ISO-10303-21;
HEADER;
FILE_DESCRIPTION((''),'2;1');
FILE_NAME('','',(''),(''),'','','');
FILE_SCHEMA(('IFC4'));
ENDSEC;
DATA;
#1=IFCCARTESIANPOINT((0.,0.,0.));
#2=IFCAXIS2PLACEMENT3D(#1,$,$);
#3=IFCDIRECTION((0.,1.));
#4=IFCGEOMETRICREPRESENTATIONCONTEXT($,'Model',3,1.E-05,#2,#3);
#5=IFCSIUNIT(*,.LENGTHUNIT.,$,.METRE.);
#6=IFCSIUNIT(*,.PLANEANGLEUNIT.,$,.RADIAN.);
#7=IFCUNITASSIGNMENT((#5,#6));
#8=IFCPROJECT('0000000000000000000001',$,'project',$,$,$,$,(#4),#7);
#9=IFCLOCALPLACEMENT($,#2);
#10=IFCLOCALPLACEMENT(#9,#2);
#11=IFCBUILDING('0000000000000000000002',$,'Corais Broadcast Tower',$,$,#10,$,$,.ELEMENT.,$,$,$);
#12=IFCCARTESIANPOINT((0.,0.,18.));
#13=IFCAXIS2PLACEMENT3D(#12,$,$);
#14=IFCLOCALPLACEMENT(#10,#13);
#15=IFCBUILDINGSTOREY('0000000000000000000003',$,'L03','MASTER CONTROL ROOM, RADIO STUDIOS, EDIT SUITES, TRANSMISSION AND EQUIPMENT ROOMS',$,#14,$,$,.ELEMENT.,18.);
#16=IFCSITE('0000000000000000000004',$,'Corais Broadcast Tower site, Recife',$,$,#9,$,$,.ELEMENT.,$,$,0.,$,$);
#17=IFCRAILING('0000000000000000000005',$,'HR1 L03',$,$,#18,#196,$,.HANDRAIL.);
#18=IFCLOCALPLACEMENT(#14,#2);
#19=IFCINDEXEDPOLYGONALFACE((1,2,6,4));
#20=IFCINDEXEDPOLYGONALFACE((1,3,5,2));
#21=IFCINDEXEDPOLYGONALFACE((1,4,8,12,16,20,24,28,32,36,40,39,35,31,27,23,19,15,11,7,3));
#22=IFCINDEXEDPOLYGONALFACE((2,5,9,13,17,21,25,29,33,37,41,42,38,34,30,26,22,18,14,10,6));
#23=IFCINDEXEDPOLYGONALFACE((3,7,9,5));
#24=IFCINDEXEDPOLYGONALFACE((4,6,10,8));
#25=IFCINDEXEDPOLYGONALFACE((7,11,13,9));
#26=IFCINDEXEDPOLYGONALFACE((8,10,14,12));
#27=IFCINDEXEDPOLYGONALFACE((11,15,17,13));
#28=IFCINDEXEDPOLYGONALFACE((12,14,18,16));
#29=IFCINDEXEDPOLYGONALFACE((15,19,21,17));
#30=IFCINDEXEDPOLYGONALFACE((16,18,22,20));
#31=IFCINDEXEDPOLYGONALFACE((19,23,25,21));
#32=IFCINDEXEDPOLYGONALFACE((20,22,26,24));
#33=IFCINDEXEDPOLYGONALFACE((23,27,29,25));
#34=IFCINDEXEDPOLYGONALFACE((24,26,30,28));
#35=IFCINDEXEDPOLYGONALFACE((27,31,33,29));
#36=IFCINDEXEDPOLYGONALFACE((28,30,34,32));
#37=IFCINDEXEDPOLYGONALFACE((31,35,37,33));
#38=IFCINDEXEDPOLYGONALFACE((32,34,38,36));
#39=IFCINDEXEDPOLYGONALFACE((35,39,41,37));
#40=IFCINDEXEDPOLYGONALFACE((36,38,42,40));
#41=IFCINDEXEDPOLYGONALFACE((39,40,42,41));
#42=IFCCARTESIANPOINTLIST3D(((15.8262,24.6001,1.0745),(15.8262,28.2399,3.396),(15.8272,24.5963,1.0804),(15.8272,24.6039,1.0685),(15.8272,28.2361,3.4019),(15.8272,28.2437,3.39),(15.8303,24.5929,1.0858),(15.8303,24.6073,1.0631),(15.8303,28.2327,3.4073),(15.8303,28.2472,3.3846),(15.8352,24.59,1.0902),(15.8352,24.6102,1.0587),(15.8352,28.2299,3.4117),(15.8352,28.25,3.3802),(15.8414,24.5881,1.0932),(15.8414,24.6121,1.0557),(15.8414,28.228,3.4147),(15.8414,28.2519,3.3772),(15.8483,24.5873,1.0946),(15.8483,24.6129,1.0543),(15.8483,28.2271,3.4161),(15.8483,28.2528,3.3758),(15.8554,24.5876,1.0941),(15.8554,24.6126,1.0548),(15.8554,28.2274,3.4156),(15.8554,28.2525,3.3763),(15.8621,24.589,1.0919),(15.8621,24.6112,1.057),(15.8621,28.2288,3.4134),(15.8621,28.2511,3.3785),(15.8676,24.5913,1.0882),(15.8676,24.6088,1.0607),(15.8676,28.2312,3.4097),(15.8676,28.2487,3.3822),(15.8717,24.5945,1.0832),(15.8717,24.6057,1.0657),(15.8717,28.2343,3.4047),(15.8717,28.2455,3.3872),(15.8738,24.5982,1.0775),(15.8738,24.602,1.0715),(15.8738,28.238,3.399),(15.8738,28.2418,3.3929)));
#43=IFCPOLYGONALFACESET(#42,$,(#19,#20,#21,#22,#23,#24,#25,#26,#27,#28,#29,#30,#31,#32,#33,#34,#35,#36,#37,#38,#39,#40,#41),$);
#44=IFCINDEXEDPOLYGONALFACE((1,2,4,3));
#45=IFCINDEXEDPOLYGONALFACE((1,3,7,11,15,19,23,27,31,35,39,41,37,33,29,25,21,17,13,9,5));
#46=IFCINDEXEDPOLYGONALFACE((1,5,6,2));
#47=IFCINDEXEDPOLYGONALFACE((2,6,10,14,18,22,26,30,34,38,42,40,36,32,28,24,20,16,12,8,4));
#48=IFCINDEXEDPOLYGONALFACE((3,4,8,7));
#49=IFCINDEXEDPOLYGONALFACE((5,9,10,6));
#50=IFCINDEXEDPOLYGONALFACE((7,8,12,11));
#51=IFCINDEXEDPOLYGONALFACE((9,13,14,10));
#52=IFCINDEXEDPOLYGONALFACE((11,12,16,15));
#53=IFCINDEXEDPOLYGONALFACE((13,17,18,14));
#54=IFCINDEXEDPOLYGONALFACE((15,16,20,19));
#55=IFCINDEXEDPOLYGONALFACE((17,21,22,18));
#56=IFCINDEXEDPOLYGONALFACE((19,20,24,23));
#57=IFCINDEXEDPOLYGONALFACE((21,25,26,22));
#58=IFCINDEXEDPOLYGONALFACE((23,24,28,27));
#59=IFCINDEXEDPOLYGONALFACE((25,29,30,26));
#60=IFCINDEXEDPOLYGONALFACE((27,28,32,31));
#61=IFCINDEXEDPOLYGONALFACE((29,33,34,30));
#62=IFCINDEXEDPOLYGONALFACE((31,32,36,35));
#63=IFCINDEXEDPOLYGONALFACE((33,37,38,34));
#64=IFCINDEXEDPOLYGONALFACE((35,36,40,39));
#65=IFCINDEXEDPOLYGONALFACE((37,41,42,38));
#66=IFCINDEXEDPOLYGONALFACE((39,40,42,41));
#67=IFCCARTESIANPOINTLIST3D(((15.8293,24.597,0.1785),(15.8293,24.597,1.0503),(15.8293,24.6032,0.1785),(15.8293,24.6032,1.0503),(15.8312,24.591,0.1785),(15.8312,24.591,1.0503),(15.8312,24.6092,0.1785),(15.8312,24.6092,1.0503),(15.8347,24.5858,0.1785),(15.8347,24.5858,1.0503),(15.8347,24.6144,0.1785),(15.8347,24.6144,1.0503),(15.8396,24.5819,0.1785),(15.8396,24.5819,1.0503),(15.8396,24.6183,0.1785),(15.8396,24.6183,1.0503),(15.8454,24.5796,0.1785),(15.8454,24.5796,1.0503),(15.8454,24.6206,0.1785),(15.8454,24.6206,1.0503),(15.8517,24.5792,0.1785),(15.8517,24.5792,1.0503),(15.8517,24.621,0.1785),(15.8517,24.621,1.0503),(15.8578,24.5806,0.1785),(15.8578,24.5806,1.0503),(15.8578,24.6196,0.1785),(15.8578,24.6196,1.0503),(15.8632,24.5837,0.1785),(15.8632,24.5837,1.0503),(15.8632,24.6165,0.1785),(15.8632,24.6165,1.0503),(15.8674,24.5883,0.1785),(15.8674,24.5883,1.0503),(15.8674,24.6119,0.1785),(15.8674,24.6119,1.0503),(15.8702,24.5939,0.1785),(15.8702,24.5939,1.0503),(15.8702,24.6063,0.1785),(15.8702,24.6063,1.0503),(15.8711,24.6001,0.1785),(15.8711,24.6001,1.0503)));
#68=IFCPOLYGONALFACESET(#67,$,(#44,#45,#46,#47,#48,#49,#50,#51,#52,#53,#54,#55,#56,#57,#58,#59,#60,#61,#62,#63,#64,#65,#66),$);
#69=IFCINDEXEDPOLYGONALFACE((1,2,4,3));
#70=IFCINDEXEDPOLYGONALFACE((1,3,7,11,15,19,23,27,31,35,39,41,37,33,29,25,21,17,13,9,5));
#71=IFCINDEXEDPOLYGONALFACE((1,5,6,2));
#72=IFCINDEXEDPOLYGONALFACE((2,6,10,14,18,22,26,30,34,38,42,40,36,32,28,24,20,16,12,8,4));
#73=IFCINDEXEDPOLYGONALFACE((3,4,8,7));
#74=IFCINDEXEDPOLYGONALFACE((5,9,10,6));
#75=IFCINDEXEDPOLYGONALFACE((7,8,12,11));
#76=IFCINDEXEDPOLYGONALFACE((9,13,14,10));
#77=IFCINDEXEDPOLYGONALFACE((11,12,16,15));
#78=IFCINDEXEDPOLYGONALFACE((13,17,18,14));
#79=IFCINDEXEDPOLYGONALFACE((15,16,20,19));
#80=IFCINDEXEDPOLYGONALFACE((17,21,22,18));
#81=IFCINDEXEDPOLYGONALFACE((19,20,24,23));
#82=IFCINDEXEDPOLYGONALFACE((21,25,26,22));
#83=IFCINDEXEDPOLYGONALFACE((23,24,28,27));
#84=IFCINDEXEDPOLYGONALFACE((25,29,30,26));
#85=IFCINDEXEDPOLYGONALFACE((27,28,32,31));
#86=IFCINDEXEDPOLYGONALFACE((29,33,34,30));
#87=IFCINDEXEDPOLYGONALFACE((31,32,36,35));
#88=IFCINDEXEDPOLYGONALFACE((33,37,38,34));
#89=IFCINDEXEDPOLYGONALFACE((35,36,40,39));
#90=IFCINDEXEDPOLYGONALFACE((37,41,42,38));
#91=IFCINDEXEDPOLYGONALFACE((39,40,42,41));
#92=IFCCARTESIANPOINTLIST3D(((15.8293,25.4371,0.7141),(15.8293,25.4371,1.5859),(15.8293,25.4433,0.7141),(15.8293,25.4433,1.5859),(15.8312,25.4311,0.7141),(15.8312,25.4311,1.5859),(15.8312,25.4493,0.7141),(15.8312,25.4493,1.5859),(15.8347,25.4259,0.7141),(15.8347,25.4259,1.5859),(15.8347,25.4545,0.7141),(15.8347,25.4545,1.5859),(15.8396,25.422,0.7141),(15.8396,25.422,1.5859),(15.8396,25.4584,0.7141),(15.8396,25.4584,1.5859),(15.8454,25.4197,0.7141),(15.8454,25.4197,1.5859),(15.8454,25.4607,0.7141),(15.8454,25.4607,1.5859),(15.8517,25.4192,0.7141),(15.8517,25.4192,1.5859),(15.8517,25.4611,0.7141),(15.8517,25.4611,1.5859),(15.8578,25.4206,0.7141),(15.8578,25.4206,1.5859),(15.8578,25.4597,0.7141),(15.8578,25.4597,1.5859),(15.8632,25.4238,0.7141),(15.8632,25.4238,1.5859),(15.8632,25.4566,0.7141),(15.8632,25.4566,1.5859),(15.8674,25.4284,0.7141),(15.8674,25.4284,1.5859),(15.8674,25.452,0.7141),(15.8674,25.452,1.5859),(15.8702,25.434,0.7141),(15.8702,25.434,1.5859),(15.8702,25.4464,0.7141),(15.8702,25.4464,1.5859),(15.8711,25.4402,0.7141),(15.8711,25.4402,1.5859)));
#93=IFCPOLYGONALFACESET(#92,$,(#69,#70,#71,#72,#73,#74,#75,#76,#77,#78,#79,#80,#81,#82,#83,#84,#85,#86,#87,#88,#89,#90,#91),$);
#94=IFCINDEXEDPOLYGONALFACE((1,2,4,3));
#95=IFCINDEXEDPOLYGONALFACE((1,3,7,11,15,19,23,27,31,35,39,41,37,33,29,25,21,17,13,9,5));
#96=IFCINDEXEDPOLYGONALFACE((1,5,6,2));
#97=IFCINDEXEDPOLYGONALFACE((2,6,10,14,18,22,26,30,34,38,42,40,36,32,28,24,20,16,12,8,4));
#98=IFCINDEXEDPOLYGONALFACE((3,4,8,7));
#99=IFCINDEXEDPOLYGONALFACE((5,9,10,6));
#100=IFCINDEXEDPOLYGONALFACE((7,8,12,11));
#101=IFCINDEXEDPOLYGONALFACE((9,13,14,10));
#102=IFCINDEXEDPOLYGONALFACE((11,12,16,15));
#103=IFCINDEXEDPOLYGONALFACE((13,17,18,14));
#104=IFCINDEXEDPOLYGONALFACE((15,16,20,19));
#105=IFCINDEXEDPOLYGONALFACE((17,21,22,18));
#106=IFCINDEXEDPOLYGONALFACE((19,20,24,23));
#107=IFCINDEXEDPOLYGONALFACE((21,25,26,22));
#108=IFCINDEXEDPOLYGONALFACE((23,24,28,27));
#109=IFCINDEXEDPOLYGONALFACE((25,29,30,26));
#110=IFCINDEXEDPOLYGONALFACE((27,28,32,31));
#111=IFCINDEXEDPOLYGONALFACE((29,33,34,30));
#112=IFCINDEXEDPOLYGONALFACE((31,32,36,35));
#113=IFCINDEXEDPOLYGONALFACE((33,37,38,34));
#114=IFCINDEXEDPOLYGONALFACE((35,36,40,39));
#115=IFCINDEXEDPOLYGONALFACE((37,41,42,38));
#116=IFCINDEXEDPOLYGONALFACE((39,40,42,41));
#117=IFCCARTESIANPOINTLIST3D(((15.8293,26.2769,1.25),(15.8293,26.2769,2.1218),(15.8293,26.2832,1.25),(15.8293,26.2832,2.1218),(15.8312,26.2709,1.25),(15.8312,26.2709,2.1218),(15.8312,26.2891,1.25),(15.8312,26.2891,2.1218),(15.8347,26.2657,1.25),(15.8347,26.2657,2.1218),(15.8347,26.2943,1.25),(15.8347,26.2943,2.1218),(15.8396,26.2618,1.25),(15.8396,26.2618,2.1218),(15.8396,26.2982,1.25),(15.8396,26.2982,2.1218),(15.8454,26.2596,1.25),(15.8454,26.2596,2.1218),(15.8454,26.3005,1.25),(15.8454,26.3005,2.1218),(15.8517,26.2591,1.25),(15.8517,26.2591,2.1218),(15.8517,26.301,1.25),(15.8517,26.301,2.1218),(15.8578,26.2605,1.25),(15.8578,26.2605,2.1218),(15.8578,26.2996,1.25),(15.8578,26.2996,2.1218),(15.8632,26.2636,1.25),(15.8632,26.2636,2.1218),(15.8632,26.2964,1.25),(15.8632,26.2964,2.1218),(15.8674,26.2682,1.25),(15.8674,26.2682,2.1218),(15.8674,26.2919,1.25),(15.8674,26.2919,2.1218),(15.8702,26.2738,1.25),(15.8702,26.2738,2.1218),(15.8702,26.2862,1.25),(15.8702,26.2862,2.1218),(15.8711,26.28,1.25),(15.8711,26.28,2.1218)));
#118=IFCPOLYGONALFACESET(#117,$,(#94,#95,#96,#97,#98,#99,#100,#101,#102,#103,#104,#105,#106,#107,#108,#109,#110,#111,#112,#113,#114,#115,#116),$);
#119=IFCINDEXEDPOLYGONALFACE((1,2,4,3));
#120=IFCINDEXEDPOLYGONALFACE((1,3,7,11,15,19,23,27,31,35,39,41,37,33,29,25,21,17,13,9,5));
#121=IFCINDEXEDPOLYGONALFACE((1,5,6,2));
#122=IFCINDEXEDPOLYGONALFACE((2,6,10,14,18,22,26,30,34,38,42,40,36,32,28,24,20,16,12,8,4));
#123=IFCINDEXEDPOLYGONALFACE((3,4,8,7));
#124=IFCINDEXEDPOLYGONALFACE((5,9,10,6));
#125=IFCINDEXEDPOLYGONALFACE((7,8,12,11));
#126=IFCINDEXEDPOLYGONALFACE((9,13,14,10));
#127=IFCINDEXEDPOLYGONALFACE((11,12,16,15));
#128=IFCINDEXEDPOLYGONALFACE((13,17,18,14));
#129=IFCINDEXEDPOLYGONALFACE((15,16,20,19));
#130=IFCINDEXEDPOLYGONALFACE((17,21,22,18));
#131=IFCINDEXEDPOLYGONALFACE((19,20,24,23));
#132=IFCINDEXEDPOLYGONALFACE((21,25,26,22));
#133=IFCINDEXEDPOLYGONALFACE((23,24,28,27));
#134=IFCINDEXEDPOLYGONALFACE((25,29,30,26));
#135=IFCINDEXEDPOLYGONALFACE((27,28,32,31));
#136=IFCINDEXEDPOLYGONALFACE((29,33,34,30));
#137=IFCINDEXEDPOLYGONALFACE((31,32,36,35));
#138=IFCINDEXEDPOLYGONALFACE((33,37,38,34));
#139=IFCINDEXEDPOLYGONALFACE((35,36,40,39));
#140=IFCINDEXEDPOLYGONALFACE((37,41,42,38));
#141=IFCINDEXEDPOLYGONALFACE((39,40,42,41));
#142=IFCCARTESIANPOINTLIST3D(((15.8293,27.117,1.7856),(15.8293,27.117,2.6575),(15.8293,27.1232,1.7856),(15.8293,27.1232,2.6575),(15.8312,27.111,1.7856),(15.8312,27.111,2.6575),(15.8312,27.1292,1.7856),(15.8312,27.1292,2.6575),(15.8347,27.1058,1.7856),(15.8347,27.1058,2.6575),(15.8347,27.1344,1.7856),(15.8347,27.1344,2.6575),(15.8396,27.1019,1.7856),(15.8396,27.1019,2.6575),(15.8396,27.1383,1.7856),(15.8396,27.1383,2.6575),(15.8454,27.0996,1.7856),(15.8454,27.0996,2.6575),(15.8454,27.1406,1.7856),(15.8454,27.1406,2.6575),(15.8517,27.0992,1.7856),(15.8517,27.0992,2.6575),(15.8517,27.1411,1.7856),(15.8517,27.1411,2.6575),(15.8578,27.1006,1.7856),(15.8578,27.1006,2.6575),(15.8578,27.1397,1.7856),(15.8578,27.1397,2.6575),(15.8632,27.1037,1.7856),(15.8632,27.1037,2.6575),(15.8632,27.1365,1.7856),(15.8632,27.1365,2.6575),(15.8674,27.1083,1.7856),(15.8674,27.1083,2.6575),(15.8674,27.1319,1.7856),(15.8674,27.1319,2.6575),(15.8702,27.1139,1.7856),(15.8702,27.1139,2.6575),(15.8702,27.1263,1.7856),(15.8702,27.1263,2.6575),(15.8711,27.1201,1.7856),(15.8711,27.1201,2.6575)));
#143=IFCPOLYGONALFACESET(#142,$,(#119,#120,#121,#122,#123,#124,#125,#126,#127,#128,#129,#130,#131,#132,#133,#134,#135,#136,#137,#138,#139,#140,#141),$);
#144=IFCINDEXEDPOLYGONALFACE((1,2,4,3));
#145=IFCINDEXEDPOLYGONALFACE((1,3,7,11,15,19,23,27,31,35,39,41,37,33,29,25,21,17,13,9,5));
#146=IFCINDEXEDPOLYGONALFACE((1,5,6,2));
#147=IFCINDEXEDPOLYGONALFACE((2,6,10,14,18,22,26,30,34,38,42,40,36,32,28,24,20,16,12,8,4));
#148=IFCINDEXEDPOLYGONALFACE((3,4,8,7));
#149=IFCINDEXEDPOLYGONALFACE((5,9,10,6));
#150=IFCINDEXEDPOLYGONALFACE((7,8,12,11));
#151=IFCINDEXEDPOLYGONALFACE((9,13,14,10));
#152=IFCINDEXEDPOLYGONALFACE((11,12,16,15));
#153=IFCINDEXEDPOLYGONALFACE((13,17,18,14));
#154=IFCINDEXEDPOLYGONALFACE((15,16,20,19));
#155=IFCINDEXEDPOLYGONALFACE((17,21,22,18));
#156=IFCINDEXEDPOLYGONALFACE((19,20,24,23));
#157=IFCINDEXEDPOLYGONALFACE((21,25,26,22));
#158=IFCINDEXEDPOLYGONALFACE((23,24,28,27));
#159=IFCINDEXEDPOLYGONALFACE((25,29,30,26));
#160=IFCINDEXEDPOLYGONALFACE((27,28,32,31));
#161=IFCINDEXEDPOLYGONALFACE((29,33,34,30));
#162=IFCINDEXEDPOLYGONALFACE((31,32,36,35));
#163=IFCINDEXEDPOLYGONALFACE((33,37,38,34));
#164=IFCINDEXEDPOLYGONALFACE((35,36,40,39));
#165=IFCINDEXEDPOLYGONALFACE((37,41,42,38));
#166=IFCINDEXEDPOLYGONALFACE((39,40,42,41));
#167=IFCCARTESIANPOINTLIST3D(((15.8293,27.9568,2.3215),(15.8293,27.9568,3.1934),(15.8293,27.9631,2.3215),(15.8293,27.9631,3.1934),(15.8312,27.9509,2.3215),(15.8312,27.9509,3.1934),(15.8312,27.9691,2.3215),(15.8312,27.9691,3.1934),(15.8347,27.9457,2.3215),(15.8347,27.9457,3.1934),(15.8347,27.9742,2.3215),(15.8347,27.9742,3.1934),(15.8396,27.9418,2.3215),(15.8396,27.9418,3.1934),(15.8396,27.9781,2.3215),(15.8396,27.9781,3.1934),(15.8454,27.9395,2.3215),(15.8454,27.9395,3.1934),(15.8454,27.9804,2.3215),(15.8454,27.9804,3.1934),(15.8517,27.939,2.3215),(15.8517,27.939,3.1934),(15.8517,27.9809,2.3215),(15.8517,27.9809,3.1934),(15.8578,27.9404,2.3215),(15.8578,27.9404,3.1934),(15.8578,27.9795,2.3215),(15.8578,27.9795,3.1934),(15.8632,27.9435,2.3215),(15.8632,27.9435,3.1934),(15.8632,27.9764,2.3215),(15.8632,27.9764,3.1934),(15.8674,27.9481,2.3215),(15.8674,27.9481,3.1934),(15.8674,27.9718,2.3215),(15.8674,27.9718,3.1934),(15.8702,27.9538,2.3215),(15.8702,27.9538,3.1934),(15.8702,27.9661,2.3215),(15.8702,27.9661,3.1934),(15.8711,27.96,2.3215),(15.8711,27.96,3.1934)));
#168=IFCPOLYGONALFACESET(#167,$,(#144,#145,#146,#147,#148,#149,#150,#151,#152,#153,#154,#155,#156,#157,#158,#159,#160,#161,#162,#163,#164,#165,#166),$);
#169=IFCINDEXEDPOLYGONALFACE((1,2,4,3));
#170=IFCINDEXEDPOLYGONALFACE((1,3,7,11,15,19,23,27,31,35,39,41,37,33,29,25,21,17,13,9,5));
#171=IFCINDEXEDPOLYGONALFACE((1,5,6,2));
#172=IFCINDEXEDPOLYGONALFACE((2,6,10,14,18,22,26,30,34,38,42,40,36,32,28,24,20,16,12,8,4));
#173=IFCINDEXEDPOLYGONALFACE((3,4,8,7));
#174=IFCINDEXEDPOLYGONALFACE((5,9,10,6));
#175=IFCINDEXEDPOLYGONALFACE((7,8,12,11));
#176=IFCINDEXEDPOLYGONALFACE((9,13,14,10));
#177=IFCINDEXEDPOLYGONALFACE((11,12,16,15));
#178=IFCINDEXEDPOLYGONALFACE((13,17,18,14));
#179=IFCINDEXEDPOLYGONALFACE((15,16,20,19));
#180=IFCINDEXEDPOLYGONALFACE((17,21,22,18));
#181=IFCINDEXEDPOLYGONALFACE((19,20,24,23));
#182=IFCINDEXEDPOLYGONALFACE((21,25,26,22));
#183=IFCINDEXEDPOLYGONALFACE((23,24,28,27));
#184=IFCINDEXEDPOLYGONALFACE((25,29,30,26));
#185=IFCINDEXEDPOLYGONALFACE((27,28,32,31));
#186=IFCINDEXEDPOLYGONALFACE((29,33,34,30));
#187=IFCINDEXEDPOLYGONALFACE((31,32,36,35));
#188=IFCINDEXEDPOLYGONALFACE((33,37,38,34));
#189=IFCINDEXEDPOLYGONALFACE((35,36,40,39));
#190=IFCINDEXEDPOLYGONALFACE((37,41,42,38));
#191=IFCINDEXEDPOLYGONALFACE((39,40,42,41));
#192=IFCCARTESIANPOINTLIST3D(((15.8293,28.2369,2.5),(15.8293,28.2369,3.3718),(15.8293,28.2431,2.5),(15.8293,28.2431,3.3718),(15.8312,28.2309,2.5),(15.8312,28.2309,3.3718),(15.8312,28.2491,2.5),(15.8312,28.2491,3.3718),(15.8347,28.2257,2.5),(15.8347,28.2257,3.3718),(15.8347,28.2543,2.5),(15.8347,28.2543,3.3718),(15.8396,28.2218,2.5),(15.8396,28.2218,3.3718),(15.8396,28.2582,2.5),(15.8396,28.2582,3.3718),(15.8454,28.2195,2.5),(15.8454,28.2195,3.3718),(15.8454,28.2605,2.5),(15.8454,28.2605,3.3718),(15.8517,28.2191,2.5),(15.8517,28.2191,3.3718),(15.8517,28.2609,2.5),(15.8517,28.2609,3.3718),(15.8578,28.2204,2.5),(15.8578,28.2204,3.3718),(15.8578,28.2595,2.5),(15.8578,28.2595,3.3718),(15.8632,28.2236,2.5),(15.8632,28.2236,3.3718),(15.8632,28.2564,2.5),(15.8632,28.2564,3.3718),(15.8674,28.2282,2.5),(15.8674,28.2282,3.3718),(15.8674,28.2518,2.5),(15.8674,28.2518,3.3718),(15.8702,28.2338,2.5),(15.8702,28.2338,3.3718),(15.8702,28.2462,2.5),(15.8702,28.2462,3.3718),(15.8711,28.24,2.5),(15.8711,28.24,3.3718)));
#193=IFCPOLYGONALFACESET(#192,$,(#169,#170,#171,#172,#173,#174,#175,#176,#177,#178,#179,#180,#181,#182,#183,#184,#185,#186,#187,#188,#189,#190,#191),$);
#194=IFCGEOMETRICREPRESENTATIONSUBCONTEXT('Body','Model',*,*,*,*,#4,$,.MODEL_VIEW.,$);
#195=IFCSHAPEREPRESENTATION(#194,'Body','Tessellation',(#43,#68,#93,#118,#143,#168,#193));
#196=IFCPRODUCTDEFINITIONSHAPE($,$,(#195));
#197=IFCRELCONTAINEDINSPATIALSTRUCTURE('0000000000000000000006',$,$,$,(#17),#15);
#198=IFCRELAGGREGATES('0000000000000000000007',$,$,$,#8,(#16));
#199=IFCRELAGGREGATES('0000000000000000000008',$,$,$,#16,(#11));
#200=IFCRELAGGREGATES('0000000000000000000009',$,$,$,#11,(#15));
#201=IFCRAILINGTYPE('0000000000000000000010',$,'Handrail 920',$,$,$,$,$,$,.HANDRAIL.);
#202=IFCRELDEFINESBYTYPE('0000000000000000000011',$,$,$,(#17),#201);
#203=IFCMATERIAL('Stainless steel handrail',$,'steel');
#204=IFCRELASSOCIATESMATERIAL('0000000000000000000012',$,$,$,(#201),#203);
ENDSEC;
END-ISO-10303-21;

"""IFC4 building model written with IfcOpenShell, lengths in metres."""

from ifc_helpers import new_model, si_unit, direction, frame, origin, origin_2d, place, context, subcontext, project, spatial, circle, extrude, material, type_object, element, save


model = new_model("IFC4")

# Units and contexts
model_context = context("Model", 3, precision=1e-05, world=origin(), true_north=direction((0.0, 1.0)))
body_context = subcontext(model_context, "Body", "Model", "MODEL_VIEW")
ifc_project = project(units=[si_unit("LENGTHUNIT", "METRE"), si_unit("PLANEANGLEUNIT", "RADIAN")], contexts=[model_context])

# Site, building, storey
site_placement = place(None, origin())
site = spatial("IfcSite", under=ifc_project, at=site_placement, Name="Corais Broadcast Tower site, Recife", CompositionType="ELEMENT", RefElevation=0.0)
building_placement = place(site_placement, origin())
building = spatial("IfcBuilding", under=site, at=building_placement, Name="Corais Broadcast Tower", CompositionType="ELEMENT")
storey_placement = place(building_placement, frame((0.0, 0.0, 18.0)))
storey = spatial("IfcBuildingStorey", under=building, at=storey_placement, Name="L03", Description="MASTER CONTROL ROOM, RADIO STUDIOS, EDIT SUITES, TRANSMISSION AND EQUIPMENT ROOMS", CompositionType="ELEMENT", Elevation=18.0)

# Railing
ifc_material_1 = material(Name="Stainless steel handrail", Category="steel")
railing_type = type_object("IfcRailingType", Name="Handrail 920", PredefinedType="HANDRAIL", material=ifc_material_1)
for number, where, name in (
    (1, (15.8501, 24.6001, 0.1785), "HR1 L03"),
):
    element("IfcRailing", number, at=place(storey_placement, frame(where)), inside=storey, type_object=railing_type, Name=name, PredefinedType="HANDRAIL", context=body_context, shape_type="SweptSolid", body=[
        extrude(circle(Radius=0.0239, at=origin_2d()), frame((0.0, 0.0, 0.896), z_axis=(0.0, 0.843112, 0.537739), x_axis=(-1.0, 0.0, 0.0)), (0.0, 0.0, 1.0), 4.3171),
        extrude(circle(Radius=0.021, at=origin_2d()), origin(), (0.0, 0.0, 1.0), 0.8718),
        extrude(circle(Radius=0.021, at=origin_2d()), frame((0.0, 0.8401, 0.5356)), (0.0, 0.0, 1.0), 0.8718),
        extrude(circle(Radius=0.021, at=origin_2d()), frame((0.0, 1.6799, 1.0715)), (0.0, 0.0, 1.0), 0.8718),
        extrude(circle(Radius=0.021, at=origin_2d()), frame((0.0, 2.52, 1.6072)), (0.0, 0.0, 1.0), 0.8718),
        extrude(circle(Radius=0.021, at=origin_2d()), frame((0.0, 3.3599, 2.1431)), (0.0, 0.0, 1.0), 0.8718),
        extrude(circle(Radius=0.021, at=origin_2d()), frame((0.0, 3.6399, 2.3215)), (0.0, 0.0, 1.0), 0.8718),
    ])

save(model, "model.ifc")
